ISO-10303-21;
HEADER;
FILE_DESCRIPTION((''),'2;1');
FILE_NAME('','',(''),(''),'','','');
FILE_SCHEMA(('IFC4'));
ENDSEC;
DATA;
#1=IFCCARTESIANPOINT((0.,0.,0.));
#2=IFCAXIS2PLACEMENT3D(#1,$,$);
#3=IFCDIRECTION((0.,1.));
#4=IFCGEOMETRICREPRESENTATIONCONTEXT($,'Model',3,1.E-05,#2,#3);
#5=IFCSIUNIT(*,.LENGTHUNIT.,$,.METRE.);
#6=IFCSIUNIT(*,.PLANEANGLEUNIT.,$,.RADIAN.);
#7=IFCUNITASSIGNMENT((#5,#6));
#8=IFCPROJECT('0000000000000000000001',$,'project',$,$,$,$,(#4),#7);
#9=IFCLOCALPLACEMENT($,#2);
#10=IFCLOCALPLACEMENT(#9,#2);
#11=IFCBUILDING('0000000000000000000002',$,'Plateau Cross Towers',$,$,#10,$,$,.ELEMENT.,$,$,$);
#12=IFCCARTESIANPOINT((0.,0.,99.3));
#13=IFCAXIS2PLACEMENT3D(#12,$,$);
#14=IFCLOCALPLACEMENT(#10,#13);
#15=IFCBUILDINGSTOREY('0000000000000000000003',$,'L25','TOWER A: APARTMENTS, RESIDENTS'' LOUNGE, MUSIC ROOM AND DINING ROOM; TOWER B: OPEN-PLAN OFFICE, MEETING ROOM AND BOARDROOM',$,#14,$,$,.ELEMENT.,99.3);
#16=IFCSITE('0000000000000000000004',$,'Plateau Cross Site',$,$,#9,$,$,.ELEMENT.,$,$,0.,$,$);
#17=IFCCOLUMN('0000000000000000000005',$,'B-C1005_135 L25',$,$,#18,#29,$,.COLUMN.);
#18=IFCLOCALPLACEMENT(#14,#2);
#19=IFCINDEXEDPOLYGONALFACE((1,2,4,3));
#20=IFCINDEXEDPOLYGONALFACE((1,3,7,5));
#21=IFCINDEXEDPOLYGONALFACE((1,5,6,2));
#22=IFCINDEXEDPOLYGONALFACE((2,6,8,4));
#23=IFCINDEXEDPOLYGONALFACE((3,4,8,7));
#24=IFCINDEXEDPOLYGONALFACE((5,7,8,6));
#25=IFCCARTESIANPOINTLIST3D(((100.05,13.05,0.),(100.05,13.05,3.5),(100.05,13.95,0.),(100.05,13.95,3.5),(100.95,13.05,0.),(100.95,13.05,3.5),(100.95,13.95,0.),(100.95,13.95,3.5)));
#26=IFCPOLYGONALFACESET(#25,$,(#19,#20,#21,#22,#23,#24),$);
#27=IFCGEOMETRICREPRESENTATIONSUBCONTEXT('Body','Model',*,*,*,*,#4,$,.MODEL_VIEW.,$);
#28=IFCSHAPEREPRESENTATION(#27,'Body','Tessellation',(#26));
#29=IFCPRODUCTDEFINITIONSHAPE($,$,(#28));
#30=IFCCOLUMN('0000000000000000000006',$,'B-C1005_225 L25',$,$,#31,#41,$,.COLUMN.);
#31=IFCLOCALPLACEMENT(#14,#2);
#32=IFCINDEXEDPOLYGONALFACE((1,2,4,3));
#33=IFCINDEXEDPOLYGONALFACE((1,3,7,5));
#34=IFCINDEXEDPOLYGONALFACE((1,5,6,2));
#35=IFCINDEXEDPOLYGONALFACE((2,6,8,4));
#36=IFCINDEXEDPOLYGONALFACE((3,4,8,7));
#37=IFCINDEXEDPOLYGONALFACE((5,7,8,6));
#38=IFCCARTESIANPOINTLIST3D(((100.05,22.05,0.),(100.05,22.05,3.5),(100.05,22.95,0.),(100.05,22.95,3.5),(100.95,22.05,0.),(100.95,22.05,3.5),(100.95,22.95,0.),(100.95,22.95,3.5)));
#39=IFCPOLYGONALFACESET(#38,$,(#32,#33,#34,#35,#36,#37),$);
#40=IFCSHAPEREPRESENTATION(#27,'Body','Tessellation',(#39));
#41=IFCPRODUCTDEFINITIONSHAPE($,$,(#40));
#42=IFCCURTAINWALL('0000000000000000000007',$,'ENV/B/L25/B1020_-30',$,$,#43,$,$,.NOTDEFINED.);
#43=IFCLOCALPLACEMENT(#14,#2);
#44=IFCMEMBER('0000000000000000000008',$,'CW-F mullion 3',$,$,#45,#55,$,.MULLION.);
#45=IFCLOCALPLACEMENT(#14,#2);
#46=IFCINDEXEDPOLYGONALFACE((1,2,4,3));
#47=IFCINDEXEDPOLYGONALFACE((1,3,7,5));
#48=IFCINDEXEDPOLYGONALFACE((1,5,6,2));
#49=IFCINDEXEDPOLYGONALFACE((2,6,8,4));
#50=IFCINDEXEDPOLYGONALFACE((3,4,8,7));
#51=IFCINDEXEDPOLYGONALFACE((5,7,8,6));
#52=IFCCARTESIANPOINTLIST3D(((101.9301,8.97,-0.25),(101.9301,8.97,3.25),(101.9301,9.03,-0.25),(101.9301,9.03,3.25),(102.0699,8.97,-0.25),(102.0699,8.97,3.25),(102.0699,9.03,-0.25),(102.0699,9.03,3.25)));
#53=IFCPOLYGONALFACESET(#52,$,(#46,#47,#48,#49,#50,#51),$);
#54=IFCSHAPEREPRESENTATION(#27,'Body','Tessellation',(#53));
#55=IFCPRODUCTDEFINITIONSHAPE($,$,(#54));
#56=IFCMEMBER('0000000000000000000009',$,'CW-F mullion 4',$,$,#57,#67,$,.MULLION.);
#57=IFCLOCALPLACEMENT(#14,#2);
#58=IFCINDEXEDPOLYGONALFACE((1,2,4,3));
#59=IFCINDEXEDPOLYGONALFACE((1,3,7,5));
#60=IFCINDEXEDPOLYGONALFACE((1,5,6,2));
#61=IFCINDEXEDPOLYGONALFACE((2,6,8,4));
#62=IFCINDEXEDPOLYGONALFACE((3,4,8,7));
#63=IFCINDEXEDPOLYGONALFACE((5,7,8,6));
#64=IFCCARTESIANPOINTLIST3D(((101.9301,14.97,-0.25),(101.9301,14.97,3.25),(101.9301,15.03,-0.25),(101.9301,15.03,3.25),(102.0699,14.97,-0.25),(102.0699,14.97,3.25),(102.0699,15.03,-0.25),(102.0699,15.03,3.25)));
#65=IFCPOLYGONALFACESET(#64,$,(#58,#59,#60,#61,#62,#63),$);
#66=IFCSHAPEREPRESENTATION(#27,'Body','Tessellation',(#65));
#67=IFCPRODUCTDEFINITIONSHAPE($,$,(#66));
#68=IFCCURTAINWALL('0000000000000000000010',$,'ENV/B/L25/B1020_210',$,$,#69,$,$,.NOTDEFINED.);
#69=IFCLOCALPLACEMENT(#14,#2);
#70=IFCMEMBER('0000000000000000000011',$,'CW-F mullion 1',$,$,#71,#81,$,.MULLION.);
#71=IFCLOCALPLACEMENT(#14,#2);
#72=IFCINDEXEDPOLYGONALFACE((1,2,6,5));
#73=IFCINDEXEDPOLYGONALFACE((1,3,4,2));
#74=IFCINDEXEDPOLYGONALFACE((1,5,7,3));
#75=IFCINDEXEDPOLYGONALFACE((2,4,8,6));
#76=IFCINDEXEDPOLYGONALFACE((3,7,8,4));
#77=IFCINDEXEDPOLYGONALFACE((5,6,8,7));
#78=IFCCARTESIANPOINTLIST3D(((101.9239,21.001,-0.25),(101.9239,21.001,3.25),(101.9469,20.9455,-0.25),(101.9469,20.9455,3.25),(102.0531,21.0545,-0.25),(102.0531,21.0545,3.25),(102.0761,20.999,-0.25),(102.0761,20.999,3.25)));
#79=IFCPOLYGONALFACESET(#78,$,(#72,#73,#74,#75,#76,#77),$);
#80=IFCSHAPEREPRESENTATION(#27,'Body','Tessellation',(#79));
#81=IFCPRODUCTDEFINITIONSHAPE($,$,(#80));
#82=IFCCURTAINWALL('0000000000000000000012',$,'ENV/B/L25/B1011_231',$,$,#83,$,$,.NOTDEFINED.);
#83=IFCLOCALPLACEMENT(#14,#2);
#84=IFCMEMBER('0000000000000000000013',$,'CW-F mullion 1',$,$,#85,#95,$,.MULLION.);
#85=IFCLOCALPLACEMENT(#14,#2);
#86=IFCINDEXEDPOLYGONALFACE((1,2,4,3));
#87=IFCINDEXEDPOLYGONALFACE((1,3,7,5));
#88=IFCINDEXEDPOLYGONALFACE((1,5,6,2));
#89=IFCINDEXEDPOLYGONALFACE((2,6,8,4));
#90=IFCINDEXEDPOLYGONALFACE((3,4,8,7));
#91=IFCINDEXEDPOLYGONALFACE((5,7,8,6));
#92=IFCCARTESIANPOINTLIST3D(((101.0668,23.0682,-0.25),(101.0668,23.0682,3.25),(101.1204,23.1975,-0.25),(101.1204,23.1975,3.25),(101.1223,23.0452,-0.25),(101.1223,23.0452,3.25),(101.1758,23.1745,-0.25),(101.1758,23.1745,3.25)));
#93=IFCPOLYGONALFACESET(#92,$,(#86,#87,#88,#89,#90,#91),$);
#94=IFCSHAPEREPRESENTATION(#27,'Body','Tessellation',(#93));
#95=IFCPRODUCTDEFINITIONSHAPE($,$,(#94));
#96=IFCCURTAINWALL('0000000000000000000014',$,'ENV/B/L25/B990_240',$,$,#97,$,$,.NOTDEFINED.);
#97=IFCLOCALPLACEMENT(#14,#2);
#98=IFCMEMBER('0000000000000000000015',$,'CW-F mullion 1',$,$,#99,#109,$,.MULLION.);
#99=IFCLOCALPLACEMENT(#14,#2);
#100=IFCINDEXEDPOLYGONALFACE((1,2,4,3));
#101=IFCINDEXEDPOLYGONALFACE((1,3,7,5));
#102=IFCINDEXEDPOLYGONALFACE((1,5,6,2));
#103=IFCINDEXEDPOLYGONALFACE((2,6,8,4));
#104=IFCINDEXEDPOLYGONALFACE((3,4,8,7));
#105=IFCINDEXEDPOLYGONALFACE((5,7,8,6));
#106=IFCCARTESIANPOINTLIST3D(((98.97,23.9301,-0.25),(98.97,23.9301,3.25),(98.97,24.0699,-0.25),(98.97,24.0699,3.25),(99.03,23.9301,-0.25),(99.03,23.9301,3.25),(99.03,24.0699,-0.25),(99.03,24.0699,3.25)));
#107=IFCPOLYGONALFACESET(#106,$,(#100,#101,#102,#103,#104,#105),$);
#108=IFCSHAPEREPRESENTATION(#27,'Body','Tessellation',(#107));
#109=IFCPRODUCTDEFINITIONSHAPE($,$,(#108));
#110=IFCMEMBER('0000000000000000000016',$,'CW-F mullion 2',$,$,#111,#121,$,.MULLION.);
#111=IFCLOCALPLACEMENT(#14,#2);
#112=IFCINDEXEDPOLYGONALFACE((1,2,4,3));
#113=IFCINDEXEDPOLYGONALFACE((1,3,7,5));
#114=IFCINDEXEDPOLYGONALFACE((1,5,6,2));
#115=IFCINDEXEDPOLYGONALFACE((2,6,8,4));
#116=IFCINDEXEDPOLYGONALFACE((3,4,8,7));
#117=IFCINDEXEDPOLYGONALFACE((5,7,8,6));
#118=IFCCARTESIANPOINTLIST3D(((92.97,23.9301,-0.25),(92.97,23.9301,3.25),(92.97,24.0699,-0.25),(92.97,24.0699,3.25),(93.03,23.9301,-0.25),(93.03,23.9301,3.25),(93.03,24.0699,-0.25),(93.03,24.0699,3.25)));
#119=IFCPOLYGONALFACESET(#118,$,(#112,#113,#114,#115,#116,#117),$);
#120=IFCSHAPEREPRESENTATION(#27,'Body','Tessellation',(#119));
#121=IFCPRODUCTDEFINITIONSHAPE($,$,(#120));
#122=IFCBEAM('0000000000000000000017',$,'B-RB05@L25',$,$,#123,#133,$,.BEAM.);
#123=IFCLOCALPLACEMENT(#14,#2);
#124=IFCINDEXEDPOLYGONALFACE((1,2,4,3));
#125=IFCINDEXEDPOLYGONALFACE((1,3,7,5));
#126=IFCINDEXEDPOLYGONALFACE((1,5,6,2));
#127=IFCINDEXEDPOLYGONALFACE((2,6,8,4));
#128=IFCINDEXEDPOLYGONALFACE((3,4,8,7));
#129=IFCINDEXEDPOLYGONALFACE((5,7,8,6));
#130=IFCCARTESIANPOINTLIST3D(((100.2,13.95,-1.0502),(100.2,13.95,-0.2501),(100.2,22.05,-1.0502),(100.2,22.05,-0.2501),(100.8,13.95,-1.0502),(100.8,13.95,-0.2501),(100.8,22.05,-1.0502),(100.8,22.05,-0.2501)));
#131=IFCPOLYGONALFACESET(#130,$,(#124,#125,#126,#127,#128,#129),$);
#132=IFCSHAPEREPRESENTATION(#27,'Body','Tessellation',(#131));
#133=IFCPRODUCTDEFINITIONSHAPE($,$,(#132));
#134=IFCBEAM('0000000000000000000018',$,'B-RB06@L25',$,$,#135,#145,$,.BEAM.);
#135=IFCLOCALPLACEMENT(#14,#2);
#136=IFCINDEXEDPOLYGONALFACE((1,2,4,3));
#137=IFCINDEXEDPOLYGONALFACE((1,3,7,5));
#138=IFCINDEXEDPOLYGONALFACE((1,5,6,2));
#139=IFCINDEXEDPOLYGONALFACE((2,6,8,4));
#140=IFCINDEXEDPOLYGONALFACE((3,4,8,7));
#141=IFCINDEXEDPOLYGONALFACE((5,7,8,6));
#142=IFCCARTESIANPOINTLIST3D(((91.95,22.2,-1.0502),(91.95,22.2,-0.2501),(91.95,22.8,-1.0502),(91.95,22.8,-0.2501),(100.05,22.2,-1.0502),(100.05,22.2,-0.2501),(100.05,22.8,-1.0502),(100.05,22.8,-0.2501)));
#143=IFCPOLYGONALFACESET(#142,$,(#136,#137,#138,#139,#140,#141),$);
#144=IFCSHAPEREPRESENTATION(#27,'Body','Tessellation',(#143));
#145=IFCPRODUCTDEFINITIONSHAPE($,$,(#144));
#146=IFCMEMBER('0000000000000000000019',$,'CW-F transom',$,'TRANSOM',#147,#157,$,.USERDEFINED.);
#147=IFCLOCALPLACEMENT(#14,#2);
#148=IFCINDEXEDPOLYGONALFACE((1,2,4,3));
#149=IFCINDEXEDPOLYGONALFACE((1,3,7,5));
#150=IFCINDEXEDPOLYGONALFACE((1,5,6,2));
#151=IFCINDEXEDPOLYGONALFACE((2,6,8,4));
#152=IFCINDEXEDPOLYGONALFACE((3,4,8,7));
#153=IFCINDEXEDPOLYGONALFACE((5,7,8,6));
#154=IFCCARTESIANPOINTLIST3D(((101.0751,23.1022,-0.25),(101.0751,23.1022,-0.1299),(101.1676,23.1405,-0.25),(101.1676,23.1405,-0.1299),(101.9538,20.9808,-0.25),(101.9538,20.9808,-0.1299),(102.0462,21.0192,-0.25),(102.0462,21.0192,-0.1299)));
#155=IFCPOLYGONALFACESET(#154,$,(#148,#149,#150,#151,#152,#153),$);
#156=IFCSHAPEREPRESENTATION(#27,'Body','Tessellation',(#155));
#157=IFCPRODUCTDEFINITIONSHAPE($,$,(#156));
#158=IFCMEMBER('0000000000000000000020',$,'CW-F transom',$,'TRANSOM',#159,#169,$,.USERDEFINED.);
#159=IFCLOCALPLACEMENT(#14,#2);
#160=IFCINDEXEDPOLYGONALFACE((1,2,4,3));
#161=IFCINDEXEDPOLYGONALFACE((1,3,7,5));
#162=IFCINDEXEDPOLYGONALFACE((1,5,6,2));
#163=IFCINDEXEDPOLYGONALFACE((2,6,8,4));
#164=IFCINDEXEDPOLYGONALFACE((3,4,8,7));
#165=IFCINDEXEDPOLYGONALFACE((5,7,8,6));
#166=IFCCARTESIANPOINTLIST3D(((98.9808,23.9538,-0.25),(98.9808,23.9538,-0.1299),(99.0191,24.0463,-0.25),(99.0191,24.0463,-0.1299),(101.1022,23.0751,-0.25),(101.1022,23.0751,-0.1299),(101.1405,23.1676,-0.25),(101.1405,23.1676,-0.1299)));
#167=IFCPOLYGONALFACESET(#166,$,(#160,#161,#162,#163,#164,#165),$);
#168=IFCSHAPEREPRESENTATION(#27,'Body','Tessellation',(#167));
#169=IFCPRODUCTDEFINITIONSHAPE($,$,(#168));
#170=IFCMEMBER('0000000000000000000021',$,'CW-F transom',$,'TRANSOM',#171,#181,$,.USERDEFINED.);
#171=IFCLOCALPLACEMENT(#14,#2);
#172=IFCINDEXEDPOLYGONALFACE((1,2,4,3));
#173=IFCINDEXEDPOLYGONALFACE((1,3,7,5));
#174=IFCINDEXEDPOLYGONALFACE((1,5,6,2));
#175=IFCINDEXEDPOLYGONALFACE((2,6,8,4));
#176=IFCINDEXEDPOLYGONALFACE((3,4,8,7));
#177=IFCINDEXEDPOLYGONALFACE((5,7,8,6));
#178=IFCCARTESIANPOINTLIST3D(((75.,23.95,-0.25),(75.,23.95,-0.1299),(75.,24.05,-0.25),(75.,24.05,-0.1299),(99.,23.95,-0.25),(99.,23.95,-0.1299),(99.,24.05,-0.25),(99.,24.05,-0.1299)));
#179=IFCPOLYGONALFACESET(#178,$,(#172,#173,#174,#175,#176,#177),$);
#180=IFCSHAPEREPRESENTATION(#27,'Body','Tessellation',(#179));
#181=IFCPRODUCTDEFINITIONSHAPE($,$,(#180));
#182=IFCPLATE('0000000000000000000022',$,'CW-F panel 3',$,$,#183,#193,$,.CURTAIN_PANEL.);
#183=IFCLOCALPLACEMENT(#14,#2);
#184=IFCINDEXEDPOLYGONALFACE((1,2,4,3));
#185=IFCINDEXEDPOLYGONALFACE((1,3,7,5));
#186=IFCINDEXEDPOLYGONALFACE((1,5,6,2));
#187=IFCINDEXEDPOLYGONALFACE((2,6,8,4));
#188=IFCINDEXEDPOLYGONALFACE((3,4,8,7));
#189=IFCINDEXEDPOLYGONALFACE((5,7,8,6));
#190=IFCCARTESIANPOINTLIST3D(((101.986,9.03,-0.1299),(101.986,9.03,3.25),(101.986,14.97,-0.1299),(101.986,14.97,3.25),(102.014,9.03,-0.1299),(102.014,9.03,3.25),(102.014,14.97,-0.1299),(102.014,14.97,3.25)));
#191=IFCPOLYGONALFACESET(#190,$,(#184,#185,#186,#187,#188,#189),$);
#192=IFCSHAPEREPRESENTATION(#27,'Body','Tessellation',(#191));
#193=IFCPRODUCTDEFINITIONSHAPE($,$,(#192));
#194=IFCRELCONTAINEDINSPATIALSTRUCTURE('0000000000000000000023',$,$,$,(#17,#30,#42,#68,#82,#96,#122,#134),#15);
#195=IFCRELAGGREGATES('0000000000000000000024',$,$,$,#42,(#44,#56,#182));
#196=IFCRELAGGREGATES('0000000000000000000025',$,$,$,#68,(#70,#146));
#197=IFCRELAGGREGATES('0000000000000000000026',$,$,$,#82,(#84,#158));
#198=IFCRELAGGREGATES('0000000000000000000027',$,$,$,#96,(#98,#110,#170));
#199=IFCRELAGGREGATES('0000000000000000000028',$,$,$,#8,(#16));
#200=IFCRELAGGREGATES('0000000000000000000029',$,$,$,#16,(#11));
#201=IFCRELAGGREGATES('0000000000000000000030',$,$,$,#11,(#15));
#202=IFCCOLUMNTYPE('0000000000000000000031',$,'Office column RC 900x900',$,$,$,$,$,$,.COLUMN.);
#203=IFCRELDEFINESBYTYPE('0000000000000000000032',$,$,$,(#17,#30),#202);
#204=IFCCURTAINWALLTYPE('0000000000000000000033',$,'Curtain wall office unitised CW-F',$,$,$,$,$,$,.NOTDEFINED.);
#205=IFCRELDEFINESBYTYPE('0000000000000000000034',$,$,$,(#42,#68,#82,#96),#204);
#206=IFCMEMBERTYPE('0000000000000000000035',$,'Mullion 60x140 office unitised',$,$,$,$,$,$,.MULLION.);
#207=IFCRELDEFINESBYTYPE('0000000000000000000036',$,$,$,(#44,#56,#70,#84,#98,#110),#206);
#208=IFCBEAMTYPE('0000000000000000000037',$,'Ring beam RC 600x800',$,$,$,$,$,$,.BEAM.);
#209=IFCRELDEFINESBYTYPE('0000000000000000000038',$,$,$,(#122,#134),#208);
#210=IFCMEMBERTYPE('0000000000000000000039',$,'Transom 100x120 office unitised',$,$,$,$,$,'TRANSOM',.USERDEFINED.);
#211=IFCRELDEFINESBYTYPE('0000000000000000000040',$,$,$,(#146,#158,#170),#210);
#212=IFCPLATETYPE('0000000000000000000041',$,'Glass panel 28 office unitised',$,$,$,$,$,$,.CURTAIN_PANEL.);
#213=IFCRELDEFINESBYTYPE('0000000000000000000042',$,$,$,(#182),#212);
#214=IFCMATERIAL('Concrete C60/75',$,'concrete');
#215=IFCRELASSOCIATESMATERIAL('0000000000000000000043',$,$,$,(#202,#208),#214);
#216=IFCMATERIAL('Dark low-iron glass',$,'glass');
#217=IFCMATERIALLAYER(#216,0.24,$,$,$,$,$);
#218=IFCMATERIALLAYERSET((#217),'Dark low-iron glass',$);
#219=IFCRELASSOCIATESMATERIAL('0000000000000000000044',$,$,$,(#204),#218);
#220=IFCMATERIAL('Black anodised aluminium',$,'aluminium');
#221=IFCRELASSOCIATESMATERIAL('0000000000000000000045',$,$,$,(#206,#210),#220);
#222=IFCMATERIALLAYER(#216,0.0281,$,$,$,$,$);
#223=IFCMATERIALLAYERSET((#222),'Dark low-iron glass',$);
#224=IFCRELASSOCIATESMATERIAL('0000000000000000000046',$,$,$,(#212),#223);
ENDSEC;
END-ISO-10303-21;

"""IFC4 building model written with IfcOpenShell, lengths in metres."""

from ifc_helpers import new_model, si_unit, direction, frame, origin, origin_2d, place, context, subcontext, project, spatial, rectangle, extrude, material, layer, layer_set, material_profile, profile_set, type_object, element, aggregate, save


model = new_model("IFC4")

# Units and contexts
model_context = context("Model", 3, precision=1e-05, world=origin(), true_north=direction((0.0, 1.0)))
body_context = subcontext(model_context, "Body", "Model", "MODEL_VIEW")
ifc_project = project(units=[si_unit("LENGTHUNIT", "METRE"), si_unit("PLANEANGLEUNIT", "RADIAN")], contexts=[model_context])

# Site, building, storey
site_placement = place(None, origin())
site = spatial("IfcSite", under=ifc_project, at=site_placement, Name="Plateau Cross Site", CompositionType="ELEMENT", RefElevation=0.0)
building_placement = place(site_placement, origin())
building = spatial("IfcBuilding", under=site, at=building_placement, Name="Plateau Cross Towers", CompositionType="ELEMENT")
storey_placement = place(building_placement, frame((0.0, 0.0, 99.3)))
storey = spatial("IfcBuildingStorey", under=building, at=storey_placement, Name="L25", Description="TOWER A: APARTMENTS, RESIDENTS' LOUNGE, MUSIC ROOM AND DINING ROOM; TOWER B: OPEN-PLAN OFFICE, MEETING ROOM AND BOARDROOM", CompositionType="ELEMENT", Elevation=99.3)

# Columns
ifc_material_1 = material(Name="Concrete C60/75", Category="concrete")
ifc_material_profile_1 = material_profile(ifc_material_1, rectangle(XDim=0.8999, YDim=0.8999, at=origin_2d()), Name="RC 900x900")
ifc_profile_set_1 = profile_set([ifc_material_profile_1], Name="Concrete C60/75")
column_type = type_object("IfcColumnType", Name="Office column RC 900x900", PredefinedType="COLUMN", material=ifc_profile_set_1)
for number, where, z_axis, x_axis, name in (
    (1, (100.5, 13.5, 0.0), (0.0, 0.0, 1.0), (1.0, 0.0, 0.0), "B-C1005_135 L25"),
    (2, (100.5, 22.5, 0.0), (0.0, 0.0, 1.0), (1.0, 0.0, 0.0), "B-C1005_225 L25"),
):
    element("IfcColumn", number, at=place(storey_placement, frame(where, z_axis=z_axis, x_axis=x_axis)), inside=storey, type_object=column_type, Name=name, PredefinedType="COLUMN", context=body_context, shape_type="SweptSolid", body=[
        extrude(rectangle(XDim=0.8999, YDim=0.8999, at=origin_2d()), origin(), (0.0, 0.0, 1.0), 3.5),
    ])

# Curtain wall, members
ifc_material_2 = material(Name="Dark low-iron glass", Category="glass")
ifc_layer_1 = layer(ifc_material_2, 0.24)
ifc_layer_set_1 = layer_set([ifc_layer_1], Name="Dark low-iron glass")
curtain_wall_type = type_object("IfcCurtainWallType", Name="Curtain wall office unitised CW-F", PredefinedType="NOTDEFINED", material=ifc_layer_set_1)
curtain_wall_1_placement = place(storey_placement, origin())
curtain_wall_1 = element("IfcCurtainWall", 3, at=curtain_wall_1_placement, inside=storey, type_object=curtain_wall_type, Name="ENV/B/L25/B1020_-30", PredefinedType="NOTDEFINED")
ifc_material_3 = material(Name="Black anodised aluminium", Category="aluminium")
ifc_material_profile_2 = material_profile(ifc_material_3, rectangle(XDim=0.0601, YDim=0.1399, at=origin_2d()), Name="MULLION 60x140")
ifc_profile_set_2 = profile_set([ifc_material_profile_2], Name="Black anodised aluminium")
member_type_1 = type_object("IfcMemberType", Name="Mullion 60x140 office unitised", PredefinedType="MULLION", material=ifc_profile_set_2)
member_1_placement = place(storey_placement, frame((102.0, 9.0, -0.25), z_axis=(0.0, 0.0, 1.0), x_axis=(0.0, 1.0, 0.0)))
member_1 = element("IfcMember", 4, at=member_1_placement, type_object=member_type_1, Name="CW-F mullion 3", PredefinedType="MULLION", context=body_context, shape_type="SweptSolid", body=[
    extrude(rectangle(XDim=0.0601, YDim=0.1399, at=origin_2d()), origin(), (0.0, 0.0, 1.0), 3.5),
])
member_2_placement = place(storey_placement, frame((102.0, 15.0, -0.25), z_axis=(0.0, 0.0, 1.0), x_axis=(0.0, 1.0, 0.0)))
member_2 = element("IfcMember", 5, at=member_2_placement, type_object=member_type_1, Name="CW-F mullion 4", PredefinedType="MULLION", context=body_context, shape_type="SweptSolid", body=[
    extrude(rectangle(XDim=0.0601, YDim=0.1399, at=origin_2d()), origin(), (0.0, 0.0, 1.0), 3.5),
])

# Curtain walls, members
curtain_wall_2_placement = place(storey_placement, origin())
curtain_wall_2 = element("IfcCurtainWall", 6, at=curtain_wall_2_placement, inside=storey, type_object=curtain_wall_type, Name="ENV/B/L25/B1020_210", PredefinedType="NOTDEFINED")
member_3_placement = place(storey_placement, frame((102.0, 21.0, -0.25), z_axis=(0.0, 0.0, 1.0), x_axis=(-0.382684, 0.923879, 0.0)))
member_3 = element("IfcMember", 7, at=member_3_placement, type_object=member_type_1, Name="CW-F mullion 1", PredefinedType="MULLION", context=body_context, shape_type="SweptSolid", body=[
    extrude(rectangle(XDim=0.0601, YDim=0.1399, at=origin_2d()), origin(), (0.0, 0.0, 1.0), 3.5),
])
curtain_wall_3_placement = place(storey_placement, origin())
curtain_wall_3 = element("IfcCurtainWall", 8, at=curtain_wall_3_placement, inside=storey, type_object=curtain_wall_type, Name="ENV/B/L25/B1011_231", PredefinedType="NOTDEFINED")
member_4_placement = place(storey_placement, frame((101.1213, 23.1213, -0.25), z_axis=(0.0, 0.0, 1.0), x_axis=(-0.923879, 0.382684, 0.0)))
member_4 = element("IfcMember", 9, at=member_4_placement, type_object=member_type_1, Name="CW-F mullion 1", PredefinedType="MULLION", context=body_context, shape_type="SweptSolid", body=[
    extrude(rectangle(XDim=0.0601, YDim=0.1399, at=origin_2d()), origin(), (0.0, 0.0, 1.0), 3.5),
])

# Curtain wall, members
curtain_wall_4_placement = place(storey_placement, origin())
curtain_wall_4 = element("IfcCurtainWall", 10, at=curtain_wall_4_placement, inside=storey, type_object=curtain_wall_type, Name="ENV/B/L25/B990_240", PredefinedType="NOTDEFINED")
member_5_placement = place(storey_placement, frame((99.0, 24.0, -0.25), z_axis=(0.0, 0.0, 1.0), x_axis=(-1.0, 0.0, 0.0)))
member_5 = element("IfcMember", 11, at=member_5_placement, type_object=member_type_1, Name="CW-F mullion 1", PredefinedType="MULLION", context=body_context, shape_type="SweptSolid", body=[
    extrude(rectangle(XDim=0.0601, YDim=0.1399, at=origin_2d()), origin(), (0.0, 0.0, 1.0), 3.5),
])
member_6_placement = place(storey_placement, frame((93.0, 24.0, -0.25), z_axis=(0.0, 0.0, 1.0), x_axis=(-1.0, 0.0, 0.0)))
member_6 = element("IfcMember", 12, at=member_6_placement, type_object=member_type_1, Name="CW-F mullion 2", PredefinedType="MULLION", context=body_context, shape_type="SweptSolid", body=[
    extrude(rectangle(XDim=0.0601, YDim=0.1399, at=origin_2d()), origin(), (0.0, 0.0, 1.0), 3.5),
])

# Beams
ifc_material_profile_3 = material_profile(ifc_material_1, rectangle(XDim=0.6001, YDim=0.8, at=origin_2d()), Name="RC 600x800")
ifc_profile_set_3 = profile_set([ifc_material_profile_3], Name="Concrete C60/75")
beam_type = type_object("IfcBeamType", Name="Ring beam RC 600x800", PredefinedType="BEAM", material=ifc_profile_set_3)
for number, where, z_axis, x_axis, name in (
    (13, (100.5, 13.95, -0.6501), (0.0, 1.0, 0.0), (-1.0, 0.0, 0.0), "B-RB05@L25"),
    (14, (100.05, 22.5, -0.6501), (-1.0, 0.0, 0.0), (0.0, -1.0, 0.0), "B-RB06@L25"),
):
    element("IfcBeam", number, at=place(storey_placement, frame(where, z_axis=z_axis, x_axis=x_axis)), inside=storey, type_object=beam_type, Name=name, PredefinedType="BEAM", context=body_context, shape_type="SweptSolid", body=[
        extrude(rectangle(XDim=0.6001, YDim=0.8, at=origin_2d()), origin(), (0.0, 0.0, 1.0), 8.1001),
    ])

# Members
ifc_material_profile_4 = material_profile(ifc_material_3, rectangle(XDim=0.1001, YDim=0.1201, at=origin_2d()), Name="TRANSOM 100x120")
ifc_profile_set_4 = profile_set([ifc_material_profile_4], Name="Black anodised aluminium")
member_type_2 = type_object("IfcMemberType", Name="Transom 100x120 office unitised", ElementType="TRANSOM", PredefinedType="USERDEFINED", material=ifc_profile_set_4)
member_7_placement = place(storey_placement, frame((102.0, 21.0, -0.1899), z_axis=(-0.382674, 0.923883, 0.0), x_axis=(-0.923883, -0.382674, 0.0)))
member_7 = element("IfcMember", 15, at=member_7_placement, type_object=member_type_2, Name="CW-F transom", ObjectType="TRANSOM", PredefinedType="USERDEFINED", context=body_context, shape_type="SweptSolid", body=[
    extrude(rectangle(XDim=0.1001, YDim=0.1201, at=origin_2d()), origin(), (0.0, 0.0, 1.0), 2.2961),
])
member_8_placement = place(storey_placement, frame((101.1213, 23.1213, -0.1899), z_axis=(-0.923883, 0.382674, 0.0), x_axis=(-0.382674, -0.923883, 0.0)))
member_8 = element("IfcMember", 16, at=member_8_placement, type_object=member_type_2, Name="CW-F transom", ObjectType="TRANSOM", PredefinedType="USERDEFINED", context=body_context, shape_type="SweptSolid", body=[
    extrude(rectangle(XDim=0.1001, YDim=0.1201, at=origin_2d()), origin(), (0.0, 0.0, 1.0), 2.2961),
])
member_9_placement = place(storey_placement, frame((99.0, 24.0, -0.1899), z_axis=(-1.0, 0.0, 0.0), x_axis=(0.0, -1.0, 0.0)))
member_9 = element("IfcMember", 17, at=member_9_placement, type_object=member_type_2, Name="CW-F transom", ObjectType="TRANSOM", PredefinedType="USERDEFINED", context=body_context, shape_type="SweptSolid", body=[
    extrude(rectangle(XDim=0.1001, YDim=0.1201, at=origin_2d()), origin(), (0.0, 0.0, 1.0), 24.0),
])

# Plate
ifc_layer_2 = layer(ifc_material_2, 0.0281)
ifc_layer_set_2 = layer_set([ifc_layer_2], Name="Dark low-iron glass")
plate_type = type_object("IfcPlateType", Name="Glass panel 28 office unitised", PredefinedType="CURTAIN_PANEL", material=ifc_layer_set_2)
plate_1_placement = place(storey_placement, frame((102.0, 12.0, -0.1299), z_axis=(0.0, 0.0, 1.0), x_axis=(0.0, 1.0, 0.0)))
plate_1 = element("IfcPlate", 18, at=plate_1_placement, type_object=plate_type, Name="CW-F panel 3", PredefinedType="CURTAIN_PANEL", context=body_context, shape_type="SweptSolid", body=[
    extrude(rectangle(XDim=5.9399, YDim=0.0281, at=origin_2d()), origin(), (0.0, 0.0, 1.0), 3.3799),
])
aggregate(curtain_wall_1, [member_1, member_2, plate_1])
aggregate(curtain_wall_2, [member_3, member_7])
aggregate(curtain_wall_3, [member_4, member_8])
aggregate(curtain_wall_4, [member_5, member_6, member_9])

save(model, "model.ifc")
